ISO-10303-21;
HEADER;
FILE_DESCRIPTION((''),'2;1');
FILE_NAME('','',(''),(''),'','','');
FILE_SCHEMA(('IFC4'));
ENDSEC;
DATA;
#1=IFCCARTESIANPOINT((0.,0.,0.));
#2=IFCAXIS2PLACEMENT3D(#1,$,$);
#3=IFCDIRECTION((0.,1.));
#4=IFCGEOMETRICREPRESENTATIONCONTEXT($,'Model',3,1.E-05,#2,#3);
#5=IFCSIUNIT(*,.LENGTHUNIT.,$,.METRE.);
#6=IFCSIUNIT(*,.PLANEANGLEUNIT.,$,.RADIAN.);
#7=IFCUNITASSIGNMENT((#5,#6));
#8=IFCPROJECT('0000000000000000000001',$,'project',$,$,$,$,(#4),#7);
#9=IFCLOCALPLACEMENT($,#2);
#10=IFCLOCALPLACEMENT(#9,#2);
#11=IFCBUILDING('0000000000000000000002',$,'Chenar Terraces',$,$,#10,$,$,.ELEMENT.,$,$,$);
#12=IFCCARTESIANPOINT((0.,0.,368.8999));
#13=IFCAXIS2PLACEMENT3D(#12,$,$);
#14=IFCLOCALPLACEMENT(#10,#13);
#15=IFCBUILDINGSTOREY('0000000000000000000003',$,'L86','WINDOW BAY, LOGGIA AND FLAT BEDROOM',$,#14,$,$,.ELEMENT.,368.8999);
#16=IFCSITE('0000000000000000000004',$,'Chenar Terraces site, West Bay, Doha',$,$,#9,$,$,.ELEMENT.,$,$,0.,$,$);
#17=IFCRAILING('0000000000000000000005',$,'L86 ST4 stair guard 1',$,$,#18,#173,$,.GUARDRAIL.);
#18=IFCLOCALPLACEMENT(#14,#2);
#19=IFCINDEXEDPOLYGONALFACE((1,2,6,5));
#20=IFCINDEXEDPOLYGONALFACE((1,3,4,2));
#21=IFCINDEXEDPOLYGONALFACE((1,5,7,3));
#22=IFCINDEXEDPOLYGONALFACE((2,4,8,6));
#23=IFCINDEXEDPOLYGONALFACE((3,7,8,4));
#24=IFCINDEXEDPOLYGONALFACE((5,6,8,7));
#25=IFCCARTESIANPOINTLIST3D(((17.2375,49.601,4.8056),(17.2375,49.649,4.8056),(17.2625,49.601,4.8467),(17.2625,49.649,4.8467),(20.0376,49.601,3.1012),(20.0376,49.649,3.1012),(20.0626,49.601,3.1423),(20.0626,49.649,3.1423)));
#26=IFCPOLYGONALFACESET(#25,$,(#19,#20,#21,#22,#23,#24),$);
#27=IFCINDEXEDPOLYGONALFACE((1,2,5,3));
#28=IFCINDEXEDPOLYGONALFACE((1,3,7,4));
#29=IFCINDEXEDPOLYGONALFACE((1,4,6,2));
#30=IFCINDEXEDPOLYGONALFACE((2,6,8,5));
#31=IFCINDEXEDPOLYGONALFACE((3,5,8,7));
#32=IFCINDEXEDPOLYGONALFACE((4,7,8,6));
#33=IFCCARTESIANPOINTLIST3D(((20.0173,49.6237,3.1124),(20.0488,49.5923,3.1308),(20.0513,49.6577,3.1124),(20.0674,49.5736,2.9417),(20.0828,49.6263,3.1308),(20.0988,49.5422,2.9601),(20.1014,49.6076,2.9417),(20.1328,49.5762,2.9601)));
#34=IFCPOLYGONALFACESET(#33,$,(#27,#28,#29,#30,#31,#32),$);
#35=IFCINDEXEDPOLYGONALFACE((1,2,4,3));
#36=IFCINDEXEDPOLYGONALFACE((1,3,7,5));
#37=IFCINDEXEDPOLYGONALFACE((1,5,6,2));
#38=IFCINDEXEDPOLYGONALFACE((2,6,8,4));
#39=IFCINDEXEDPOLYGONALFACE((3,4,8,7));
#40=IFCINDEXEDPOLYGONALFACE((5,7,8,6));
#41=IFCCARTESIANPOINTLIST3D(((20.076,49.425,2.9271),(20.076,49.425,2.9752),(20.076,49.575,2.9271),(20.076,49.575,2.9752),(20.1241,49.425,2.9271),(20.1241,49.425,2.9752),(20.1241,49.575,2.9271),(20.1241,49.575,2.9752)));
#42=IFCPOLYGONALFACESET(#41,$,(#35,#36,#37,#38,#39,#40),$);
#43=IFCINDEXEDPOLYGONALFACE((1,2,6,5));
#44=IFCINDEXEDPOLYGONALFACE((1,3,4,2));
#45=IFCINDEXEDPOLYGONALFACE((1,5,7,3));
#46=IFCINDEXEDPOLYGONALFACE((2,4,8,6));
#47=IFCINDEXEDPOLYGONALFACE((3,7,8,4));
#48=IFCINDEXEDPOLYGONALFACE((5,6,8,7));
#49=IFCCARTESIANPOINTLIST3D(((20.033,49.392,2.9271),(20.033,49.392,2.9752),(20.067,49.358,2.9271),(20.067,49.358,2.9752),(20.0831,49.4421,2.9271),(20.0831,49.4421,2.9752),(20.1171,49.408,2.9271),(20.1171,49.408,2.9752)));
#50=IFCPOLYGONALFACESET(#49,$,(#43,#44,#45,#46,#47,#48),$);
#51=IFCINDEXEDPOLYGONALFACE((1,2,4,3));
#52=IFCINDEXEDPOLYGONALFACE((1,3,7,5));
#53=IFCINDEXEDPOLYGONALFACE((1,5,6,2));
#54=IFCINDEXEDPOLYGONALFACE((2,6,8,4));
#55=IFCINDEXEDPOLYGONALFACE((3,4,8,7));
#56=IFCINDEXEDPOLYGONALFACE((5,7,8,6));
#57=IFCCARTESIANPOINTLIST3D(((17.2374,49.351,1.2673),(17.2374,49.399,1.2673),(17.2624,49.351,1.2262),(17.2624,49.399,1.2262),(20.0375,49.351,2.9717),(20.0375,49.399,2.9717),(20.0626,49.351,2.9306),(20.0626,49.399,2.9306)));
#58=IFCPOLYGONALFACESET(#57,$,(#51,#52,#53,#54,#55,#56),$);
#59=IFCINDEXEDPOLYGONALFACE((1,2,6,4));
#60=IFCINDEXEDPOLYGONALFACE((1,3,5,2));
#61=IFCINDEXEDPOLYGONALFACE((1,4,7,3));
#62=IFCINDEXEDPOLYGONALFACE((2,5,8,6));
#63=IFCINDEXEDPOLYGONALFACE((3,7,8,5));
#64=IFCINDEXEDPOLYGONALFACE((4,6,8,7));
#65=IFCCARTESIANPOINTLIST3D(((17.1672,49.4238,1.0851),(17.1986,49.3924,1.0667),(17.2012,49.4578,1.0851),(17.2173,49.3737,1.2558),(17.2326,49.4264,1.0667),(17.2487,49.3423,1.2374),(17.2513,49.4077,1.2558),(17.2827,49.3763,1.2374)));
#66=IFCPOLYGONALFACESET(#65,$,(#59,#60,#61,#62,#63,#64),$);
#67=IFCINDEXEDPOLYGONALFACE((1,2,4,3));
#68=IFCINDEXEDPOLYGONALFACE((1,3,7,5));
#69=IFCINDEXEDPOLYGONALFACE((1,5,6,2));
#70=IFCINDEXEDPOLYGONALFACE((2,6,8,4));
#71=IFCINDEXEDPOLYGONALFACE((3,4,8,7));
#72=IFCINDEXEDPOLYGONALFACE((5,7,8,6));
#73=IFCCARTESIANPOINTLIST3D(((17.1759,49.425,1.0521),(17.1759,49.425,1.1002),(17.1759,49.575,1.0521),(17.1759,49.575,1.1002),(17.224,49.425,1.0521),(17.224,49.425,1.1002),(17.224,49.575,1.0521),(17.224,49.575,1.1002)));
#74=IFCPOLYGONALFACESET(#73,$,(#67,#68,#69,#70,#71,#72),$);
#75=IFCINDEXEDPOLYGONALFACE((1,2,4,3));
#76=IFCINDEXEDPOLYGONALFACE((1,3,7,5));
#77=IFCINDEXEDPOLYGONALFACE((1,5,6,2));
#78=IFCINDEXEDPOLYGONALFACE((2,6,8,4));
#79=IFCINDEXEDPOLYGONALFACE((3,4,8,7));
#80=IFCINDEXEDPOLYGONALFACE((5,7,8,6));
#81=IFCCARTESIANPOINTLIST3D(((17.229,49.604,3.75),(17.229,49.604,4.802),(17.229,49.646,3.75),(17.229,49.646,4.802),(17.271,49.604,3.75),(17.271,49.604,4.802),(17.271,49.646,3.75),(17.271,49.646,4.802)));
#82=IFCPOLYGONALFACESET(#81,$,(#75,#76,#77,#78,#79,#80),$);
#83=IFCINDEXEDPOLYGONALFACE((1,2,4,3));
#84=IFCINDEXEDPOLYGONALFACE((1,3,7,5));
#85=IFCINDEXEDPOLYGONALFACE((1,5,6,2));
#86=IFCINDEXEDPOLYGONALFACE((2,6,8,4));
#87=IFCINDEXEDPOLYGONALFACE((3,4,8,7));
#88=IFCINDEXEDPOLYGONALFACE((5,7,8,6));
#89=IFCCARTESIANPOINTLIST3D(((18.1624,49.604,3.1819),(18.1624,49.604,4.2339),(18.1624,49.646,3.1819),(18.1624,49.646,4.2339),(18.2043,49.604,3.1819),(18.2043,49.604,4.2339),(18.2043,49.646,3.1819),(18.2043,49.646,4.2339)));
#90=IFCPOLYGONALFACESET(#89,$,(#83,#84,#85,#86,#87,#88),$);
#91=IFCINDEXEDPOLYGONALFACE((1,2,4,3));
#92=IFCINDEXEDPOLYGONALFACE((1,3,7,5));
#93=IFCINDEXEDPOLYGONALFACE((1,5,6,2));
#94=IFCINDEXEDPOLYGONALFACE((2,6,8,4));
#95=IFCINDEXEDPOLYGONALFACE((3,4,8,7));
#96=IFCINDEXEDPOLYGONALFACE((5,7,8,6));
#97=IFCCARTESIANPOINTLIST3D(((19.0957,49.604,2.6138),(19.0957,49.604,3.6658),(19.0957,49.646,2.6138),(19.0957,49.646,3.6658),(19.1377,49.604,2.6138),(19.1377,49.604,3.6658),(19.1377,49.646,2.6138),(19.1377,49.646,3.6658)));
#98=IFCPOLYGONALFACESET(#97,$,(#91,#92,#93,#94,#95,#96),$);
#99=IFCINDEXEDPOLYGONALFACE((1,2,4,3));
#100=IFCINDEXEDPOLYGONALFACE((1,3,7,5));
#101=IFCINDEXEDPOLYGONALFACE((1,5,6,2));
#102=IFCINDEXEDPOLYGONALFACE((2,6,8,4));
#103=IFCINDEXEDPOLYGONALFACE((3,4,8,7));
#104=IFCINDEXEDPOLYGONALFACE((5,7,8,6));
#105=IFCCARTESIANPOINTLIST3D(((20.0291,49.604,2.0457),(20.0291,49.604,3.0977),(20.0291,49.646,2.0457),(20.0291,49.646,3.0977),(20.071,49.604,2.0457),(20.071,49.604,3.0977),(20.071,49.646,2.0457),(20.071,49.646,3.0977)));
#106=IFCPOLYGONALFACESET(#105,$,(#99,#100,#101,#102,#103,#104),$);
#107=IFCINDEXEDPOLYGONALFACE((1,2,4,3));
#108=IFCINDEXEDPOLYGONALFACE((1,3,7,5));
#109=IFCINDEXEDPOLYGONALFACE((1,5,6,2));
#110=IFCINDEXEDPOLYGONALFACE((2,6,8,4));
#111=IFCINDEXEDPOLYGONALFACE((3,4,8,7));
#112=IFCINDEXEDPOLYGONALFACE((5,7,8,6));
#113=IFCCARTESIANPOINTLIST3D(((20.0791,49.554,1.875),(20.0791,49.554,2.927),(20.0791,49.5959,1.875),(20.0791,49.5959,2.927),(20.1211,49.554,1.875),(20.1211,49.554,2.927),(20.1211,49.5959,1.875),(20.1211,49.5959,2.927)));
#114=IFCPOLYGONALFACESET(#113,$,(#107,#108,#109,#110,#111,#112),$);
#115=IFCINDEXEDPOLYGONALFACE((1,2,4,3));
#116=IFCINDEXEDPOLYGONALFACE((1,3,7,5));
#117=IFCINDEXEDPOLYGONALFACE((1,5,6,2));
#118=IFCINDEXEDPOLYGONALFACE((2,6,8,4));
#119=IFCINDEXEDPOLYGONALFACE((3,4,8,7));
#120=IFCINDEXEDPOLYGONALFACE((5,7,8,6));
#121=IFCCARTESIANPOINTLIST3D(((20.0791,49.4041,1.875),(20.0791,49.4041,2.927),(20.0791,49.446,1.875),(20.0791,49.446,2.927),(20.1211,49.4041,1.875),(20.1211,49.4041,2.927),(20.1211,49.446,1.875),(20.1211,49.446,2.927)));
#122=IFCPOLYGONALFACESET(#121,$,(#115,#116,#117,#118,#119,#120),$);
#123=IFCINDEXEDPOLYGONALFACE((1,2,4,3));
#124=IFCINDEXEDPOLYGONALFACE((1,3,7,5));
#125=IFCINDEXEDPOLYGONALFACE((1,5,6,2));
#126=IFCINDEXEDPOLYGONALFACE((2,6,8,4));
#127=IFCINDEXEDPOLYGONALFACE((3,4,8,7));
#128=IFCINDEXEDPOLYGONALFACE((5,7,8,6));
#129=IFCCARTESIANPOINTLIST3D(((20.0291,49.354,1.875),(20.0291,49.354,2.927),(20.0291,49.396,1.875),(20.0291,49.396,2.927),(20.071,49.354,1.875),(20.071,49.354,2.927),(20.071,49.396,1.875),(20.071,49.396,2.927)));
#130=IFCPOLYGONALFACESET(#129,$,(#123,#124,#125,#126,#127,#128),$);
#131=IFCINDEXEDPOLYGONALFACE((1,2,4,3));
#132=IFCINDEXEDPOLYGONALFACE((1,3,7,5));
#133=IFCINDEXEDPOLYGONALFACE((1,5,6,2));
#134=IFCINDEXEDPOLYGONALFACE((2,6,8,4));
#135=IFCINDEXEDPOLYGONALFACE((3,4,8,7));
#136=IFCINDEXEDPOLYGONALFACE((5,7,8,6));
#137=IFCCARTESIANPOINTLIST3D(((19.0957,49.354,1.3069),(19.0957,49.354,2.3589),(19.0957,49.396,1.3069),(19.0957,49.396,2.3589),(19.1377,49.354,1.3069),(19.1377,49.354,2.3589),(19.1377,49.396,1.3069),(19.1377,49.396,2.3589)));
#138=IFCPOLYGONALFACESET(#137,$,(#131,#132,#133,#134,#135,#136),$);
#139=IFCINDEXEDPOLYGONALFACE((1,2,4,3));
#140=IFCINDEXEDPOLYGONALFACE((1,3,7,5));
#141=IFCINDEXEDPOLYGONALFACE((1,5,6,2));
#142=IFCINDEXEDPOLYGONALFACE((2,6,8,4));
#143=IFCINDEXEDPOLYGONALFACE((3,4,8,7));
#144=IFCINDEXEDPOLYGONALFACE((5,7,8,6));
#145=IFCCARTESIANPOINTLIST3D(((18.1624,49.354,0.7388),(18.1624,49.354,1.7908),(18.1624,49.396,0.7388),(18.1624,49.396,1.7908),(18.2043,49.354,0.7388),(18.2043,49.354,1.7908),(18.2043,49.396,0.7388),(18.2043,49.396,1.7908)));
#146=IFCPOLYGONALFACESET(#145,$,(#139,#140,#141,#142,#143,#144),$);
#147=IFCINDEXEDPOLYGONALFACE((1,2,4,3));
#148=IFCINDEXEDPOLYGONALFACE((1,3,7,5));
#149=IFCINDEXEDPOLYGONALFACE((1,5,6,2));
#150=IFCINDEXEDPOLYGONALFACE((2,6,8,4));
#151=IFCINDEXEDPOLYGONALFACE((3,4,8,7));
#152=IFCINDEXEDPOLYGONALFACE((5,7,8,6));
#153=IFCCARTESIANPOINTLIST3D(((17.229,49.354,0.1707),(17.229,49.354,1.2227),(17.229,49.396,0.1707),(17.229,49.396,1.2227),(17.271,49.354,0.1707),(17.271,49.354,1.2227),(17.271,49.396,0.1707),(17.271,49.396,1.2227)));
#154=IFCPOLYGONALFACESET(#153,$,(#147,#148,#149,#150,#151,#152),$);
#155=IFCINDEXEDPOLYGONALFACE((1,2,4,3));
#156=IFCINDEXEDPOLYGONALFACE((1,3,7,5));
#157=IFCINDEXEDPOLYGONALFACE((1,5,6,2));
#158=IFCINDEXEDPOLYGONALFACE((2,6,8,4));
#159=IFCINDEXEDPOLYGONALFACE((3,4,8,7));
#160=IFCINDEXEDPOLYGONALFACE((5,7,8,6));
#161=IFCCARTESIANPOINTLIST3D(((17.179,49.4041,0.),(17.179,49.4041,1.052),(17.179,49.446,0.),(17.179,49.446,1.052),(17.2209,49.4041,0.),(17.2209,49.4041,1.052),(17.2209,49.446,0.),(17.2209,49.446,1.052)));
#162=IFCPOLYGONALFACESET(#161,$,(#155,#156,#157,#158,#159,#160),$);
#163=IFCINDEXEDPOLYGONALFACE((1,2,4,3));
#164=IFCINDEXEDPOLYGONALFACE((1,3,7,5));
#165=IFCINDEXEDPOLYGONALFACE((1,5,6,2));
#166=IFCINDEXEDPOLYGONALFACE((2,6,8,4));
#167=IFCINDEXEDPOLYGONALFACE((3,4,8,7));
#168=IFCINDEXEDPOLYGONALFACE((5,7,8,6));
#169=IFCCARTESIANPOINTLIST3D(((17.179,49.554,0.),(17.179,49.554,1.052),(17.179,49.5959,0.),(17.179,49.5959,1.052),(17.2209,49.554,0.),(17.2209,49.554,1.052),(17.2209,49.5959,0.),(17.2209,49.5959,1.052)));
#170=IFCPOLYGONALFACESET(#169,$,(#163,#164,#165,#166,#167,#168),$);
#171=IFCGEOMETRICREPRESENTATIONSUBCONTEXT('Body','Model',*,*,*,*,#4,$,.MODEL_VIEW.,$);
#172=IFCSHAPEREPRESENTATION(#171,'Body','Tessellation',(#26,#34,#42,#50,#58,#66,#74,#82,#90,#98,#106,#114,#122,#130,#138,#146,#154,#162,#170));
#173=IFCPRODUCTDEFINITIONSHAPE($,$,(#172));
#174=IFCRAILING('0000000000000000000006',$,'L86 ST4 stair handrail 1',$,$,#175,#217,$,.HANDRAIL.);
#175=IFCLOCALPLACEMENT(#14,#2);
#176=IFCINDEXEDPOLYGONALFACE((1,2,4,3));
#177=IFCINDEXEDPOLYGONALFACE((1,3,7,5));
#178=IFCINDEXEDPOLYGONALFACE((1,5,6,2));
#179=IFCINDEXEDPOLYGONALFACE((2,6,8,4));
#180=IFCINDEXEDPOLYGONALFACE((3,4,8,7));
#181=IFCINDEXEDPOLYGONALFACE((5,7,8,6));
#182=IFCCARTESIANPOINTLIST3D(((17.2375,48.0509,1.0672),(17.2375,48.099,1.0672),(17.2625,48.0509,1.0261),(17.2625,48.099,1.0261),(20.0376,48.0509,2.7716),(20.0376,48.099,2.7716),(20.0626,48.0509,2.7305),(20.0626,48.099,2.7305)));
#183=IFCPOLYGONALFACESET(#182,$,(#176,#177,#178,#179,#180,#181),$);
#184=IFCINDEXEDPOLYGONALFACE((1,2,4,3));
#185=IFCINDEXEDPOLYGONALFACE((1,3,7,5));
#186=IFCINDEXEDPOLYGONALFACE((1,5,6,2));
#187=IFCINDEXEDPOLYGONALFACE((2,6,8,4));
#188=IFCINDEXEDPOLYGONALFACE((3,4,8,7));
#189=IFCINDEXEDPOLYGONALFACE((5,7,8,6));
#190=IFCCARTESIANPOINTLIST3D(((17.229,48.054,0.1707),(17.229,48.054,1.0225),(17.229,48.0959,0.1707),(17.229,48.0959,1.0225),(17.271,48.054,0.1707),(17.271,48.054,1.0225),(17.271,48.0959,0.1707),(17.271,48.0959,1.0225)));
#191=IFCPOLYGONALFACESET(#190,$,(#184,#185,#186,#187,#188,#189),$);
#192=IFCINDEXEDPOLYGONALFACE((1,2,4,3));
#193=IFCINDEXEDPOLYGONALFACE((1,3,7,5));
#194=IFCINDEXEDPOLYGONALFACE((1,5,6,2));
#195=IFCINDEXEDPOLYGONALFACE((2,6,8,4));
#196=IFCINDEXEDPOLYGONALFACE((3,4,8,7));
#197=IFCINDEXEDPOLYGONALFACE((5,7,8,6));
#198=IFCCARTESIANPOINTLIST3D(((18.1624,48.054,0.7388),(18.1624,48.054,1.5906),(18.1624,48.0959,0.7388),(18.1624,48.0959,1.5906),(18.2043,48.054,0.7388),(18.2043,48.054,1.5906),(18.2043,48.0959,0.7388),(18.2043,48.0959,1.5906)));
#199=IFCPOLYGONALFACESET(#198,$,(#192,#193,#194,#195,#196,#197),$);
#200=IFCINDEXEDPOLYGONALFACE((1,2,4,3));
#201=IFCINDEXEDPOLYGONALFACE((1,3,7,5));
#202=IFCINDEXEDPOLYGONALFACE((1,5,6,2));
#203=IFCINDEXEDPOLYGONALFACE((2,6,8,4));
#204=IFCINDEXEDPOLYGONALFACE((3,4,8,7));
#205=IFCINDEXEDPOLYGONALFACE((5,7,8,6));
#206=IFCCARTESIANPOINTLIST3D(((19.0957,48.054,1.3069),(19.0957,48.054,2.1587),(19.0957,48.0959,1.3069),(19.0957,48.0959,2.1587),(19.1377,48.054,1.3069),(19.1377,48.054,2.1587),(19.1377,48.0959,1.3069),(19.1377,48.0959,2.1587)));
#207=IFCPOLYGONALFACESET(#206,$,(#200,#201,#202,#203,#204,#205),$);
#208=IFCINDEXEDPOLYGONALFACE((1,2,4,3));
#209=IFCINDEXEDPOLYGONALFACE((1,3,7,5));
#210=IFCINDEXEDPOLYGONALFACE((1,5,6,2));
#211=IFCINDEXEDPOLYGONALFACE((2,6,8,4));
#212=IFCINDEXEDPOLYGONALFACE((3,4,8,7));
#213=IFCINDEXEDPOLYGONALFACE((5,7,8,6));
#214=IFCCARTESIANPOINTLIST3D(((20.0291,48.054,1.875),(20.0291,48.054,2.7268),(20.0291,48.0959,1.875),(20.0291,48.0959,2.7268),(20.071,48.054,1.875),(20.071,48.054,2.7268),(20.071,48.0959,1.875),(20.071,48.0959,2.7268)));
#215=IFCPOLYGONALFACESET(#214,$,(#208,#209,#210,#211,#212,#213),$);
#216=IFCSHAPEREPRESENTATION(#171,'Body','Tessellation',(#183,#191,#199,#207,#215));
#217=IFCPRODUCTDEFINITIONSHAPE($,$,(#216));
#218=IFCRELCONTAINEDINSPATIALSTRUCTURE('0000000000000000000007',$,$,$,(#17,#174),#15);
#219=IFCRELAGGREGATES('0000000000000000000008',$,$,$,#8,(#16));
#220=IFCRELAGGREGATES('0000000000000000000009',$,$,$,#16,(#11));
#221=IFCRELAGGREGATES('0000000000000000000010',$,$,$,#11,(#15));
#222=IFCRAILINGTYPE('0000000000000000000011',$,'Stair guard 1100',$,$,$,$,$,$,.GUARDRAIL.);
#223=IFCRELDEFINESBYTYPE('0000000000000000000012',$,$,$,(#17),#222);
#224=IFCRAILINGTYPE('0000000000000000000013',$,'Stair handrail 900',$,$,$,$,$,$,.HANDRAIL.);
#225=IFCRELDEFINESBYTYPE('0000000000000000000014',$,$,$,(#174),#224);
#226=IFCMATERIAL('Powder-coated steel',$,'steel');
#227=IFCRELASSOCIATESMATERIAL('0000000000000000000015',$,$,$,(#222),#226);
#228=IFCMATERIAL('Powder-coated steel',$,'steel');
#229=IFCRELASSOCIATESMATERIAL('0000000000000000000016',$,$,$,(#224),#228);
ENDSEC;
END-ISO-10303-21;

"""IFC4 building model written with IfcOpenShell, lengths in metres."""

from ifc_helpers import new_model, si_unit, direction, frame, origin, origin_2d, place, context, subcontext, project, spatial, rectangle, extrude, material, type_object, element, save


model = new_model("IFC4")

# Units and contexts
model_context = context("Model", 3, precision=1e-05, world=origin(), true_north=direction((0.0, 1.0)))
body_context = subcontext(model_context, "Body", "Model", "MODEL_VIEW")
ifc_project = project(units=[si_unit("LENGTHUNIT", "METRE"), si_unit("PLANEANGLEUNIT", "RADIAN")], contexts=[model_context])

# Site, building, storey
site_placement = place(None, origin())
site = spatial("IfcSite", under=ifc_project, at=site_placement, Name="Chenar Terraces site, West Bay, Doha", CompositionType="ELEMENT", RefElevation=0.0)
building_placement = place(site_placement, origin())
building = spatial("IfcBuilding", under=site, at=building_placement, Name="Chenar Terraces", CompositionType="ELEMENT")
storey_placement = place(building_placement, frame((0.0, 0.0, 368.8999)))
storey = spatial("IfcBuildingStorey", under=building, at=storey_placement, Name="L86", Description="WINDOW BAY, LOGGIA AND FLAT BEDROOM", CompositionType="ELEMENT", Elevation=368.8999)

# Railings
ifc_material_1 = material(Name="Powder-coated steel", Category="steel")
railing_type_1 = type_object("IfcRailingType", Name="Stair guard 1100", PredefinedType="GUARDRAIL", material=ifc_material_1)
railing_1_placement = place(storey_placement, frame((17.25, 49.625, 3.75)))
element("IfcRailing", 1, at=railing_1_placement, inside=storey, type_object=railing_type_1, Name="L86 ST4 stair guard 1", PredefinedType="GUARDRAIL", context=body_context, shape_type="SweptSolid", body=[
    extrude(rectangle(XDim=0.0481, YDim=0.0481, at=origin_2d()), frame((0.0, 0.0, 1.0762), z_axis=(0.854203, 0.0, -0.51994), x_axis=(0.0, 1.0, 0.0)), (0.0, 0.0, 1.0), 3.2781),
    extrude(rectangle(XDim=0.0481, YDim=0.0481, at=origin_2d()), frame((2.8, 0.0, -0.6284), z_axis=(0.2709, -0.2709, -0.923703), x_axis=(0.707107, 0.707107, 0.0)), (0.0, 0.0, 1.0), 0.1848),
    extrude(rectangle(XDim=0.0481, YDim=0.0481, at=origin_2d()), frame((2.8501, -0.05, -0.7988), z_axis=(0.0, -1.0, 0.0), x_axis=(1.0, 0.0, 0.0)), (0.0, 0.0, 1.0), 0.1499),
    extrude(rectangle(XDim=0.0481, YDim=0.0481, at=origin_2d()), frame((2.8501, -0.2, -0.7988), z_axis=(-0.707107, -0.707107, 0.0), x_axis=(0.707107, -0.707107, 0.0)), (0.0, 0.0, 1.0), 0.0708),
    extrude(rectangle(XDim=0.0481, YDim=0.0481, at=origin_2d()), frame((2.8, -0.25, -0.7988), z_axis=(-0.854203, 0.0, -0.51994), x_axis=(0.0, -1.0, 0.0)), (0.0, 0.0, 1.0), 3.2781),
    extrude(rectangle(XDim=0.0481, YDim=0.0481, at=origin_2d()), frame((0.0, -0.25, -2.5034), z_axis=(-0.2709, 0.2709, -0.923703), x_axis=(-0.707107, -0.707107, 0.0)), (0.0, 0.0, 1.0), 0.1848),
    extrude(rectangle(XDim=0.0481, YDim=0.0481, at=origin_2d()), frame((-0.05, -0.2, -2.6738), z_axis=(0.0, 1.0, 0.0), x_axis=(-1.0, 0.0, 0.0)), (0.0, 0.0, 1.0), 0.1499),
    extrude(rectangle(XDim=0.042, YDim=0.042, at=origin_2d()), origin(), (0.0, 0.0, 1.0), 1.052),
    extrude(rectangle(XDim=0.042, YDim=0.042, at=origin_2d()), frame((0.9333, 0.0, -0.5681)), (0.0, 0.0, 1.0), 1.052),
    extrude(rectangle(XDim=0.042, YDim=0.042, at=origin_2d()), frame((1.8667, 0.0, -1.1362)), (0.0, 0.0, 1.0), 1.052),
    extrude(rectangle(XDim=0.042, YDim=0.042, at=origin_2d()), frame((2.8, 0.0, -1.7043)), (0.0, 0.0, 1.0), 1.052),
    extrude(rectangle(XDim=0.042, YDim=0.042, at=origin_2d()), frame((2.8501, -0.05, -1.875)), (0.0, 0.0, 1.0), 1.052),
    extrude(rectangle(XDim=0.042, YDim=0.042, at=origin_2d()), frame((2.8501, -0.2, -1.875)), (0.0, 0.0, 1.0), 1.052),
    extrude(rectangle(XDim=0.042, YDim=0.042, at=origin_2d()), frame((2.8, -0.25, -1.875)), (0.0, 0.0, 1.0), 1.052),
    extrude(rectangle(XDim=0.042, YDim=0.042, at=origin_2d()), frame((1.8667, -0.25, -2.4431)), (0.0, 0.0, 1.0), 1.052),
    extrude(rectangle(XDim=0.042, YDim=0.042, at=origin_2d()), frame((0.9333, -0.25, -3.0112)), (0.0, 0.0, 1.0), 1.052),
    extrude(rectangle(XDim=0.042, YDim=0.042, at=origin_2d()), frame((0.0, -0.25, -3.5793)), (0.0, 0.0, 1.0), 1.052),
    extrude(rectangle(XDim=0.042, YDim=0.042, at=origin_2d()), frame((-0.05, -0.2, -3.75)), (0.0, 0.0, 1.0), 1.052),
    extrude(rectangle(XDim=0.042, YDim=0.042, at=origin_2d()), frame((-0.05, -0.05, -3.75)), (0.0, 0.0, 1.0), 1.052),
])
ifc_material_2 = material(Name="Powder-coated steel", Category="steel")
railing_type_2 = type_object("IfcRailingType", Name="Stair handrail 900", PredefinedType="HANDRAIL", material=ifc_material_2)
railing_2_placement = place(storey_placement, frame((17.25, 48.075, 0.1707)))
element("IfcRailing", 2, at=railing_2_placement, inside=storey, type_object=railing_type_2, Name="L86 ST4 stair handrail 1", PredefinedType="HANDRAIL", context=body_context, shape_type="SweptSolid", body=[
    extrude(rectangle(XDim=0.0481, YDim=0.0481, at=origin_2d()), frame((0.0, 0.0, 0.876), z_axis=(0.854203, 0.0, 0.51994), x_axis=(0.0, 1.0, 0.0)), (0.0, 0.0, 1.0), 3.2781),
    extrude(rectangle(XDim=0.042, YDim=0.042, at=origin_2d()), origin(), (0.0, 0.0, 1.0), 0.8518),
    extrude(rectangle(XDim=0.042, YDim=0.042, at=origin_2d()), frame((0.9333, 0.0, 0.5681)), (0.0, 0.0, 1.0), 0.8518),
    extrude(rectangle(XDim=0.042, YDim=0.042, at=origin_2d()), frame((1.8667, 0.0, 1.1362)), (0.0, 0.0, 1.0), 0.8518),
    extrude(rectangle(XDim=0.042, YDim=0.042, at=origin_2d()), frame((2.8, 0.0, 1.7043)), (0.0, 0.0, 1.0), 0.8518),
])

save(model, "model.ifc")
